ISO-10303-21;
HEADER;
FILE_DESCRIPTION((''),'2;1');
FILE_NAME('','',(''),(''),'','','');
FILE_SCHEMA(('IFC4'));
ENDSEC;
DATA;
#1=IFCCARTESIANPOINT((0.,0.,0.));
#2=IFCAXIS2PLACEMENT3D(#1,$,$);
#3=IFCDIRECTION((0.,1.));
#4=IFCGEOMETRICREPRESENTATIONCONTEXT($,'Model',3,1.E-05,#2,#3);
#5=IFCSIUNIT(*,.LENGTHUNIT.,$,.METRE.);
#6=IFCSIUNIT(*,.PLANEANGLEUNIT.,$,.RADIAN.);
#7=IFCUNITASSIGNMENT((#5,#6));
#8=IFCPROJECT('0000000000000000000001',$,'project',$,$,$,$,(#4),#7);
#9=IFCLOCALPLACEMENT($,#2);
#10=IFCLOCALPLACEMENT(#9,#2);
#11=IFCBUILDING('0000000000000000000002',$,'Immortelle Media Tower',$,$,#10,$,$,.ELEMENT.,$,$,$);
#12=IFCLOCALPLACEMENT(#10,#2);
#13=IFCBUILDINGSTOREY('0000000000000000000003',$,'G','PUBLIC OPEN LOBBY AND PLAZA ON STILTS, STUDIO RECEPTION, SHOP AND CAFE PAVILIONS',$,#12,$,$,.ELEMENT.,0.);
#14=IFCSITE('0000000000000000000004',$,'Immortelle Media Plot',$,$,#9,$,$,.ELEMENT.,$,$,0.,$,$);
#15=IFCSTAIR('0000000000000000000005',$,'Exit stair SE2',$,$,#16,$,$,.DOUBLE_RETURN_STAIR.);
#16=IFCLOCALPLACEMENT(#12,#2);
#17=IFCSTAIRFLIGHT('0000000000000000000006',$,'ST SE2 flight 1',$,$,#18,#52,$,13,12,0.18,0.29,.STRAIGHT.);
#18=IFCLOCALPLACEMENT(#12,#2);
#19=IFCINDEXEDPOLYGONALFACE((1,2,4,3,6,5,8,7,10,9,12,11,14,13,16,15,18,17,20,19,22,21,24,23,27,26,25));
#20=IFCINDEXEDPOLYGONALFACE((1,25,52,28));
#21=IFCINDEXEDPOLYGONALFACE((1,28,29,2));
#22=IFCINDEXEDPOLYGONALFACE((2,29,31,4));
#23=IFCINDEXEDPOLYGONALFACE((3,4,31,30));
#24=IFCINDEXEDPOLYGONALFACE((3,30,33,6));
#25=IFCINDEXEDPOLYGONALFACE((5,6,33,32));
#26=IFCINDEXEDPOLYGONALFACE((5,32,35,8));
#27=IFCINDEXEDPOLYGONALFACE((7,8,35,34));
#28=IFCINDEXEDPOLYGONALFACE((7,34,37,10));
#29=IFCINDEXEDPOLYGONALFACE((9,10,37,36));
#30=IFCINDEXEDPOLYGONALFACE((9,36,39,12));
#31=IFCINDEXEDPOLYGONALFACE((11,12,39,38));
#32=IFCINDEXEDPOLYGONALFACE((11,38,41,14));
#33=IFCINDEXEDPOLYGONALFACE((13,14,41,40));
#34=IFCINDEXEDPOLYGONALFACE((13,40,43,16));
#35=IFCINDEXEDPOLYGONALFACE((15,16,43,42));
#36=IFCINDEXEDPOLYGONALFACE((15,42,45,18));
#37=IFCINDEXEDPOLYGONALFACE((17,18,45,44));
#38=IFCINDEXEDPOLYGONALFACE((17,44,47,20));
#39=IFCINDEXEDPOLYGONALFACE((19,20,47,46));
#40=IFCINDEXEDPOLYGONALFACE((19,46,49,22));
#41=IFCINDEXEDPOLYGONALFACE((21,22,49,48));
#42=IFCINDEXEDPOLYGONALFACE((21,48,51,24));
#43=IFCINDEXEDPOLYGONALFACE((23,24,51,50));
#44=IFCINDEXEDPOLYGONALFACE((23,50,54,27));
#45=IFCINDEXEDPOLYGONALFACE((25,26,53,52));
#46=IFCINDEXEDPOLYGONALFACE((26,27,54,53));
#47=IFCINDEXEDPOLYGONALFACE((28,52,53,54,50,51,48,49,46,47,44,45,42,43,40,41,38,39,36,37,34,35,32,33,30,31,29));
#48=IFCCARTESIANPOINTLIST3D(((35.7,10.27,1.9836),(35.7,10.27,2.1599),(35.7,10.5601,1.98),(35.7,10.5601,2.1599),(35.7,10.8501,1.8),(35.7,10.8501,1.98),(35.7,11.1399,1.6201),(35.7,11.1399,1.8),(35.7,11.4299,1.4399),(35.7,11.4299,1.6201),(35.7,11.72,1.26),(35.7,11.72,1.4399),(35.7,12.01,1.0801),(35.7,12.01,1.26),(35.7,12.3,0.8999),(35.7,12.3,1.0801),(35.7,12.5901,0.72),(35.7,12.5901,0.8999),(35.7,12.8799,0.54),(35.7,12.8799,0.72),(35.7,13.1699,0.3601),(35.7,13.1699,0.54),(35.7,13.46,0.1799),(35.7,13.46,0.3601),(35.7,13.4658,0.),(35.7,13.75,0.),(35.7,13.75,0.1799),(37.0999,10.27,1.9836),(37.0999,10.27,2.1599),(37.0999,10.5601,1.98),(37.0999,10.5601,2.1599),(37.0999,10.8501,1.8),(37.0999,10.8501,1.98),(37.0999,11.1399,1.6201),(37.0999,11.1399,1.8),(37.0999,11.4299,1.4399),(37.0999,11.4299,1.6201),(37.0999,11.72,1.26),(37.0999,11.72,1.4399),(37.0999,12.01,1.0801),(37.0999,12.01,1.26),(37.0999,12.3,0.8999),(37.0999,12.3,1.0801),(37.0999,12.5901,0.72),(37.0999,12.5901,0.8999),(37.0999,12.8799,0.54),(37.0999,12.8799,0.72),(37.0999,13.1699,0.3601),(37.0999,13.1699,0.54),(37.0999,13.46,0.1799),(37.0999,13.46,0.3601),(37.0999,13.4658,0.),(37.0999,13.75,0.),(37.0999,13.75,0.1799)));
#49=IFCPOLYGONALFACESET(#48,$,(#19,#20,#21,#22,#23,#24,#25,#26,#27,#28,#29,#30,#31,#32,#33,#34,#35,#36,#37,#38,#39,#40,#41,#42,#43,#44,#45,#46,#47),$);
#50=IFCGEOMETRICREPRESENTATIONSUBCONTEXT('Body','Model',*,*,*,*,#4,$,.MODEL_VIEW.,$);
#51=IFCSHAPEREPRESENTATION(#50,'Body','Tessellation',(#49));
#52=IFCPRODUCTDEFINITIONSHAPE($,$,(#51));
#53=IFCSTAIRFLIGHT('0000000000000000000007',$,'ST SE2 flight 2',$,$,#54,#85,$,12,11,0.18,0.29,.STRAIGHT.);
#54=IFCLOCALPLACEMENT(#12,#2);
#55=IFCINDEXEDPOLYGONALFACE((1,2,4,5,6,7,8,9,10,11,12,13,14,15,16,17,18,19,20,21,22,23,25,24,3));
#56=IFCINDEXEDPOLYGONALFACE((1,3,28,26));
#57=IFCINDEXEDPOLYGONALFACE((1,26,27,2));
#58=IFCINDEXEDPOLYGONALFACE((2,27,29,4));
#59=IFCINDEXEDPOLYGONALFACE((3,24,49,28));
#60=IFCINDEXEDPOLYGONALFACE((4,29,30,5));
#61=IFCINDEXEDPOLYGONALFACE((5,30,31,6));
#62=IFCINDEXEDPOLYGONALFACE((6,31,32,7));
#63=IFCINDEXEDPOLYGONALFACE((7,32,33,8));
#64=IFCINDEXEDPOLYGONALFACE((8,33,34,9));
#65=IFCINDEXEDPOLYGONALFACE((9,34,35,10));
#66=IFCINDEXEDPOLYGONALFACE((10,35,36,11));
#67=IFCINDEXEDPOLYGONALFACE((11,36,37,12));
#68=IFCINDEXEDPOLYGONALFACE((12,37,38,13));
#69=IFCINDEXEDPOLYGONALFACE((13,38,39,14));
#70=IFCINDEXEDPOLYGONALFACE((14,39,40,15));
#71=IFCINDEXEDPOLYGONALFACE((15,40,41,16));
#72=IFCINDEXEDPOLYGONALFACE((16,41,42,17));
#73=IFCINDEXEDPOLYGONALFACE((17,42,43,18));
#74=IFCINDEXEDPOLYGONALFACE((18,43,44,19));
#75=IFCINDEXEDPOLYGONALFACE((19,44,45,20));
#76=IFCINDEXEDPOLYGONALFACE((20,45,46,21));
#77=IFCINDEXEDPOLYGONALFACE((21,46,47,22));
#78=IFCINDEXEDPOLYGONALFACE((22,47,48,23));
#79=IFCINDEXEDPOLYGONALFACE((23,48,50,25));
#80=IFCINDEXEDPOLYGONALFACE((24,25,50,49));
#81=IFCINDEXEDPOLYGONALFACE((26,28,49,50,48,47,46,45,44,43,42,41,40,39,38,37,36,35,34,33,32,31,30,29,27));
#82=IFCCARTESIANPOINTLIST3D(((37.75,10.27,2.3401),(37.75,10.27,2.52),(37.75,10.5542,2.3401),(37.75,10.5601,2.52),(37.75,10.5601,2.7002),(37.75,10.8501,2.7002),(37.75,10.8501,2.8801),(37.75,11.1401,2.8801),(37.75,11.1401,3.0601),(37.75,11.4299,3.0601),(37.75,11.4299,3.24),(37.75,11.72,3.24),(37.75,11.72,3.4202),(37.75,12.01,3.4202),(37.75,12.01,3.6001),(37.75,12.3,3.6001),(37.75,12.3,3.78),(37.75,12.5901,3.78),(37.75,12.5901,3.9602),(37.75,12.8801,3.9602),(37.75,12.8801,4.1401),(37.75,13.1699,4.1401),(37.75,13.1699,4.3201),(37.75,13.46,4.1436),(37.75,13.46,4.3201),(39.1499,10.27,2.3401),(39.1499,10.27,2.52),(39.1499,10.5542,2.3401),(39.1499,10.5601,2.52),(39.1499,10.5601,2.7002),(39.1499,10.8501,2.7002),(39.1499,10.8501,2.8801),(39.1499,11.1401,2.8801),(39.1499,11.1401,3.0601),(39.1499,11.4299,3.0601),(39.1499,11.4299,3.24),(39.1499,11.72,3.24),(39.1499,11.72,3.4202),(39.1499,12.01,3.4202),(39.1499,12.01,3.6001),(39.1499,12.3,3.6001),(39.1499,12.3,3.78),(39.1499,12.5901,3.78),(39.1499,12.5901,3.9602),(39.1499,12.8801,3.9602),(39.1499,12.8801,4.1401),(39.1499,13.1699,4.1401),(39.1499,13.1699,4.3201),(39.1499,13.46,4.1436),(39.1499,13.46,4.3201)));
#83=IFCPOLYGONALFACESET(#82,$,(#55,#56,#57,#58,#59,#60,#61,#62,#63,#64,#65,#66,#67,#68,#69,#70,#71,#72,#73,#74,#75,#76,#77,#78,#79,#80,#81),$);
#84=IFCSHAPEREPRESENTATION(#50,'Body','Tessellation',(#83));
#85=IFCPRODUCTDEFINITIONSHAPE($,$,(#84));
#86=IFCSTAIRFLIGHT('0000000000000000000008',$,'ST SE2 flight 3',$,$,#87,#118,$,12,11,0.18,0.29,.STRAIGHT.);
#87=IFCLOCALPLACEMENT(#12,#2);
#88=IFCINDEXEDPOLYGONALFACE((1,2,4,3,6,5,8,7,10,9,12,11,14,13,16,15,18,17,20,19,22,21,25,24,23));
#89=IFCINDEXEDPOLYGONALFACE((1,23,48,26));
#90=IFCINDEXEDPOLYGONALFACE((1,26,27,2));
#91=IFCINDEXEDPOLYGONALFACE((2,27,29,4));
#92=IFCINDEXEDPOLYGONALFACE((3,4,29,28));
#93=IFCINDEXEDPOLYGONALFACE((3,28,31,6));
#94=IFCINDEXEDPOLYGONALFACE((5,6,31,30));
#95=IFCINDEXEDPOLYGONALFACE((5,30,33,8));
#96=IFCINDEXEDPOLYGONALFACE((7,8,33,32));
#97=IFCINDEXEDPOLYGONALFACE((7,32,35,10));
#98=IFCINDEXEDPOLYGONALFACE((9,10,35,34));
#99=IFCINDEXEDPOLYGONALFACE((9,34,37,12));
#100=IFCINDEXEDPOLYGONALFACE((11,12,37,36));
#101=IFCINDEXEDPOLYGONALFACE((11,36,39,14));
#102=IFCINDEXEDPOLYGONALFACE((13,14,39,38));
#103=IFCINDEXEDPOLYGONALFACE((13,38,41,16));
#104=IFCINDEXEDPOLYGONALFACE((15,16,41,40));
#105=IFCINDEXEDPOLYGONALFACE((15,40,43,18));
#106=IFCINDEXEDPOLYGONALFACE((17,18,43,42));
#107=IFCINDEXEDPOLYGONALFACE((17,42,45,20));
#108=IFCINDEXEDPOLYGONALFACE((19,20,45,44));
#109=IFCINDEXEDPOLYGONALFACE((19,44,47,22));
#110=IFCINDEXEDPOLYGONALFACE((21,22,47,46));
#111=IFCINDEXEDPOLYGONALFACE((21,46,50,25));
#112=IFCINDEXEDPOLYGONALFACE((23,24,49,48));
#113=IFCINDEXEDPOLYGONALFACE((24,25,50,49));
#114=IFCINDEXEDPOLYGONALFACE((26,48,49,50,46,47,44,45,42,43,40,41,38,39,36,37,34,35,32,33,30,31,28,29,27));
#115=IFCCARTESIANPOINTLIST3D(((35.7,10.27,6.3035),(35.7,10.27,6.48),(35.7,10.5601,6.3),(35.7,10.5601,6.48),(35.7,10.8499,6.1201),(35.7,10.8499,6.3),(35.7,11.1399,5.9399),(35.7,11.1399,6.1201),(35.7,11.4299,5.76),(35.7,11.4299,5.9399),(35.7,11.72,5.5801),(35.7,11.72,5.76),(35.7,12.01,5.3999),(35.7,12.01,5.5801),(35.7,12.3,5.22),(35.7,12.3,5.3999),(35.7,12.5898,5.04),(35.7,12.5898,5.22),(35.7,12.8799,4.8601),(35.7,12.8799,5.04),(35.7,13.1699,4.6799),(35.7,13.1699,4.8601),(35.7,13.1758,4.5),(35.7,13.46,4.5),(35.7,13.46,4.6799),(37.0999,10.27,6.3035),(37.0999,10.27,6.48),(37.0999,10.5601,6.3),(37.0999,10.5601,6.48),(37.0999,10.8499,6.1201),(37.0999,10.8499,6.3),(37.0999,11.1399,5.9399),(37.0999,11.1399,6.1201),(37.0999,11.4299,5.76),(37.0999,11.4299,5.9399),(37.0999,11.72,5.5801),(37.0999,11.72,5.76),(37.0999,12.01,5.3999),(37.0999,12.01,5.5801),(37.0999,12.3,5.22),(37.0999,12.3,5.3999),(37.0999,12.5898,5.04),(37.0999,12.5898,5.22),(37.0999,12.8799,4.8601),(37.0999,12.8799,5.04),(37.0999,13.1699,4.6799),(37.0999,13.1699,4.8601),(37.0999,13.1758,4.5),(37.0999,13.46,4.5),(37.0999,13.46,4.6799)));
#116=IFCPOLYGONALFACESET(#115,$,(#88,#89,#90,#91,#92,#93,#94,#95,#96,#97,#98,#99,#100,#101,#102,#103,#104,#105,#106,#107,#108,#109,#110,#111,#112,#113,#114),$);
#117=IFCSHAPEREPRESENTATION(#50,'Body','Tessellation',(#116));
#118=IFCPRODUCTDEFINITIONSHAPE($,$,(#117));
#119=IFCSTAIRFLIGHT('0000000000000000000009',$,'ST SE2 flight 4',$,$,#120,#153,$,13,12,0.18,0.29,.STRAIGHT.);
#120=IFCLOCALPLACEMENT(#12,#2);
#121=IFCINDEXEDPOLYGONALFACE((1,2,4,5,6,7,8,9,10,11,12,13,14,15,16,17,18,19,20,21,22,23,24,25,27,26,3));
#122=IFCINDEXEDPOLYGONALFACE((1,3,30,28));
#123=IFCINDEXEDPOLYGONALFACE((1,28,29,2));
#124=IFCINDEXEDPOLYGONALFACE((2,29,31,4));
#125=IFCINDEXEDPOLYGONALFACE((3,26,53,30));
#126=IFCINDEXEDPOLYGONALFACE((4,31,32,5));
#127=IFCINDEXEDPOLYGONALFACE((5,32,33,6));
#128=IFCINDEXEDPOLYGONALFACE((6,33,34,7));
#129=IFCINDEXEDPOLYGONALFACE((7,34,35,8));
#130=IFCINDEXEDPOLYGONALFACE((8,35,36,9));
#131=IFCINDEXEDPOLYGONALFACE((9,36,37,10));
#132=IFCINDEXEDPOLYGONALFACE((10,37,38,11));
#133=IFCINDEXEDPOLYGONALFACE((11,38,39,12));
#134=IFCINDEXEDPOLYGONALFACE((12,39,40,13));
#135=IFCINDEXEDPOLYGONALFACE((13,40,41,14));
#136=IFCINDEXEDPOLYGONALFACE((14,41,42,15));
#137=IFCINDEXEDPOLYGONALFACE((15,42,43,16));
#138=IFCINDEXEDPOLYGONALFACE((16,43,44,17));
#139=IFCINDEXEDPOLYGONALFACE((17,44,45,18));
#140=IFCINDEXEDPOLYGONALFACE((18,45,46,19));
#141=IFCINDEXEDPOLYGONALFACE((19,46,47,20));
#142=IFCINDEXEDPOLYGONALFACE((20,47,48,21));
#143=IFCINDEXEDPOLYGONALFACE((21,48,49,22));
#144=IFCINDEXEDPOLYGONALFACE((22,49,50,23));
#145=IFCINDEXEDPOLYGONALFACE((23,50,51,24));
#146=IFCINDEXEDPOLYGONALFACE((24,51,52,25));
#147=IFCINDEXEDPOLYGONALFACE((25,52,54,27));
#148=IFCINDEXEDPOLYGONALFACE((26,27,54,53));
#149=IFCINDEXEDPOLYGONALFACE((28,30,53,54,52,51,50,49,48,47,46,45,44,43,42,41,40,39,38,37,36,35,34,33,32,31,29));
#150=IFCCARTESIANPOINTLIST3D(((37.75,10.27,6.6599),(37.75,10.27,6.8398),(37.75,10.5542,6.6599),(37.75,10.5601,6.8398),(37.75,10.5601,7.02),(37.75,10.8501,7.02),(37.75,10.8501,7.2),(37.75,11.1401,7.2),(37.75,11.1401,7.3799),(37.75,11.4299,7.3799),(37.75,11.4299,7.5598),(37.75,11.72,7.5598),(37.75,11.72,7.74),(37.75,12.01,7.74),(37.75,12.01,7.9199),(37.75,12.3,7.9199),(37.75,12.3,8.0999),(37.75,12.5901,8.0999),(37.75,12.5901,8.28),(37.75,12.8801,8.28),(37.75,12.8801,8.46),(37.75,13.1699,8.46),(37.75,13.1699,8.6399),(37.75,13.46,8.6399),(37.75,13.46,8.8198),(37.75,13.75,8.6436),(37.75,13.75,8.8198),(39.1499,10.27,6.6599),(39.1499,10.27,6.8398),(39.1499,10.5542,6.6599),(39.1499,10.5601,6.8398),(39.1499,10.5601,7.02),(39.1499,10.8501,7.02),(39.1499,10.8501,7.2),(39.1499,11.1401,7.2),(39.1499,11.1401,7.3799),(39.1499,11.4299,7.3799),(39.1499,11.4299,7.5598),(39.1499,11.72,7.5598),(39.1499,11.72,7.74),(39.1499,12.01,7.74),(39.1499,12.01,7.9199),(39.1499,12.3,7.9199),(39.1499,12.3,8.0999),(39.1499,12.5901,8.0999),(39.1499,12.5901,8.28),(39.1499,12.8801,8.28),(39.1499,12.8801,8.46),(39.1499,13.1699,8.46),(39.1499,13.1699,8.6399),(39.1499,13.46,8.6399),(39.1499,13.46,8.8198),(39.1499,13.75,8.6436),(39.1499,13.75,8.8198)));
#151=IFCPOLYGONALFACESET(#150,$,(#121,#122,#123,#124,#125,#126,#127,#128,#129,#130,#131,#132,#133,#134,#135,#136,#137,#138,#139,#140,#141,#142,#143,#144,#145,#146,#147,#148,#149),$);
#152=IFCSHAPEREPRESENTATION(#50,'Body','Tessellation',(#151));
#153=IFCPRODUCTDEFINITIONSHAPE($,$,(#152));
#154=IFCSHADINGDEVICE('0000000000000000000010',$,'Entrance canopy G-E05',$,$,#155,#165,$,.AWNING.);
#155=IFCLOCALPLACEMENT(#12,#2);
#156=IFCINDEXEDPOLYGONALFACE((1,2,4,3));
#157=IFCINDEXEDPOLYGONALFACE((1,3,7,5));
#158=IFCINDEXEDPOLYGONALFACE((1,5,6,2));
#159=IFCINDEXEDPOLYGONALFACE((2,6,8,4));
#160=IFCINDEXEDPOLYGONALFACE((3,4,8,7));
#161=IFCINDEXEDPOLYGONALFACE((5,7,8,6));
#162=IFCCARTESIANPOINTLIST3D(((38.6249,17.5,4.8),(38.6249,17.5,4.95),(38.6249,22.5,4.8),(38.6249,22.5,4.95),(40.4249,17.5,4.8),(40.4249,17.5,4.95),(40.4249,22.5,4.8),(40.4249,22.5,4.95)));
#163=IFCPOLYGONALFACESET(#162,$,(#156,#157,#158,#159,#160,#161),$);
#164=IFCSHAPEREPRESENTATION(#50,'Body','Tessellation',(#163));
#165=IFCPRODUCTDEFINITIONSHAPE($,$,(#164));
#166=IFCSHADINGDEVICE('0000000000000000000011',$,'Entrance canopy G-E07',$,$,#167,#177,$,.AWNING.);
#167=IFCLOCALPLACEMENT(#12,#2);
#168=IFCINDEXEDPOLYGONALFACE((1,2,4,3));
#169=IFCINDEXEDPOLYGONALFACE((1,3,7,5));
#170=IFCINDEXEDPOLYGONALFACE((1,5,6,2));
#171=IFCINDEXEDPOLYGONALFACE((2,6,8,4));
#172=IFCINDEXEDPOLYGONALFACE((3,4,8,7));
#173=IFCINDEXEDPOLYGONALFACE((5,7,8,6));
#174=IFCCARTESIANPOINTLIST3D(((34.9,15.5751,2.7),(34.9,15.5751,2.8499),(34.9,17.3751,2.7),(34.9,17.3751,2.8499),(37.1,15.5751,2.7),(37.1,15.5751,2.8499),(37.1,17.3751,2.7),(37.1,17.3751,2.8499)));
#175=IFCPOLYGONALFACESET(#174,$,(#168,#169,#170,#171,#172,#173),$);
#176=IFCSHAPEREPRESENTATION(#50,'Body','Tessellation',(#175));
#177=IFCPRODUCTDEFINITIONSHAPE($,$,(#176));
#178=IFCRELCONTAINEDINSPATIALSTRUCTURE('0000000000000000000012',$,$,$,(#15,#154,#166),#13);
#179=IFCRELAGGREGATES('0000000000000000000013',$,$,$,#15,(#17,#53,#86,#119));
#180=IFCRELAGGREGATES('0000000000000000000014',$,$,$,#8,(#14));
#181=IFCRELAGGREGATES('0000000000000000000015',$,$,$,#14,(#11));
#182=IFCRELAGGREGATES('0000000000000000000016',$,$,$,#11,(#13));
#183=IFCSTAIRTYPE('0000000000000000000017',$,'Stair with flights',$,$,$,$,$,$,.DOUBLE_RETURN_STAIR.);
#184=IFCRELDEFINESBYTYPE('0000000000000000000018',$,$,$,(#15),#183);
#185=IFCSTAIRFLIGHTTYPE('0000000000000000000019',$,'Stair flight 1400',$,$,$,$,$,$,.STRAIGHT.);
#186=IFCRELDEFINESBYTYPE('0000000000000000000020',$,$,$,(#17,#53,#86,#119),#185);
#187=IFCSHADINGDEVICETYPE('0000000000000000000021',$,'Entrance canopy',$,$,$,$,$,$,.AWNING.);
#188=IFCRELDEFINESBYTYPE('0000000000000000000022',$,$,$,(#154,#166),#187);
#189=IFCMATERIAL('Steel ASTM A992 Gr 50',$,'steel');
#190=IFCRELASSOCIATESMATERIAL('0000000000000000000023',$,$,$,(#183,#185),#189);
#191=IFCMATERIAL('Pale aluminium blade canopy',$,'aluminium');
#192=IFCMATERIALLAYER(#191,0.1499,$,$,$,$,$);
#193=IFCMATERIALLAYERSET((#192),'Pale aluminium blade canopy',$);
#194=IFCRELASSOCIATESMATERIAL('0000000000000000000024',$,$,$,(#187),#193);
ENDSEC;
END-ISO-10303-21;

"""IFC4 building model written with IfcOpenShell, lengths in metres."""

from ifc_helpers import new_model, si_unit, direction, frame, origin, origin_2d, place, context, subcontext, project, spatial, polyline, rectangle, outline, extrude, material, layer, layer_set, type_object, element, aggregate, save


model = new_model("IFC4")

# Units and contexts
model_context = context("Model", 3, precision=1e-05, world=origin(), true_north=direction((0.0, 1.0)))
body_context = subcontext(model_context, "Body", "Model", "MODEL_VIEW")
ifc_project = project(units=[si_unit("LENGTHUNIT", "METRE"), si_unit("PLANEANGLEUNIT", "RADIAN")], contexts=[model_context])

# Site, building, storey
site_placement = place(None, origin())
site = spatial("IfcSite", under=ifc_project, at=site_placement, Name="Immortelle Media Plot", CompositionType="ELEMENT", RefElevation=0.0)
building_placement = place(site_placement, origin())
building = spatial("IfcBuilding", under=site, at=building_placement, Name="Immortelle Media Tower", CompositionType="ELEMENT")
storey_placement = place(building_placement, origin())
storey = spatial("IfcBuildingStorey", under=building, at=storey_placement, Name="G", Description="PUBLIC OPEN LOBBY AND PLAZA ON STILTS, STUDIO RECEPTION, SHOP AND CAFE PAVILIONS", CompositionType="ELEMENT", Elevation=0.0)

# Shared definitions
ifc_material_1 = material(Name="Steel ASTM A992 Gr 50", Category="steel")

# Stair, stair flights
stair_type = type_object("IfcStairType", Name="Stair with flights", PredefinedType="DOUBLE_RETURN_STAIR", material=ifc_material_1)
stair_flight_type = type_object("IfcStairFlightType", Name="Stair flight 1400", PredefinedType="STRAIGHT", material=ifc_material_1)
stair_1_placement = place(storey_placement, origin())
stair_1 = element("IfcStair", 1, at=stair_1_placement, inside=storey, type_object=stair_type, Name="Exit stair SE2", PredefinedType="DOUBLE_RETURN_STAIR")
stair_flight_1_placement = place(storey_placement, frame((36.3999, 13.75, 0.0), z_axis=(0.0, 0.0, 1.0), x_axis=(0.0, -1.0, 0.0)))
stair_flight_1 = element("IfcStairFlight", 2, at=stair_flight_1_placement, type_object=stair_flight_type, Name="ST SE2 flight 1", NumberOfRisers=13, NumberOfTreads=12, PredefinedType="STRAIGHT", RiserHeight=0.18, TreadLength=0.29, context=body_context, shape_type="SweptSolid", body=[
    extrude(outline(polyline([(0.0, 0.0), (0.0, 0.1799), (0.29, 0.1799), (0.29, 0.3601), (0.5801, 0.3601), (0.5801, 0.54), (0.8701, 0.54), (0.8701, 0.72), (1.1599, 0.72), (1.1599, 0.8999), (1.45, 0.8999), (1.45, 1.0801), (1.74, 1.0801), (1.74, 1.26), (2.03, 1.26), (2.03, 1.4399), (2.3201, 1.4399), (2.3201, 1.6201), (2.6101, 1.6201), (2.6101, 1.8), (2.8999, 1.8), (2.8999, 1.98), (3.1899, 1.98), (3.1899, 2.1599), (3.48, 2.1599), (3.48, 2.3401), (3.48, 1.9836), (0.2842, 0.0), (0.0, 0.0)])), frame((0.0, 0.7, 0.0), z_axis=(0.0, -1.0, 0.0), x_axis=(1.0, 0.0, 0.0)), (0.0, 0.0, 1.0), 1.3999),
])
stair_flight_2_placement = place(storey_placement, frame((38.45, 10.27, 2.3401), z_axis=(0.0, 0.0, 1.0), x_axis=(0.0, 1.0, 0.0)))
stair_flight_2 = element("IfcStairFlight", 3, at=stair_flight_2_placement, type_object=stair_flight_type, Name="ST SE2 flight 2", NumberOfRisers=12, NumberOfTreads=11, PredefinedType="STRAIGHT", RiserHeight=0.18, TreadLength=0.29, context=body_context, shape_type="SweptSolid", body=[
    extrude(outline(polyline([(0.0, 0.0), (0.0, 0.1799), (0.29, 0.1799), (0.29, 0.3601), (0.5801, 0.3601), (0.5801, 0.54), (0.8701, 0.54), (0.8701, 0.72), (1.1599, 0.72), (1.1599, 0.8999), (1.45, 0.8999), (1.45, 1.0801), (1.74, 1.0801), (1.74, 1.26), (2.03, 1.26), (2.03, 1.4399), (2.3201, 1.4399), (2.3201, 1.6201), (2.6101, 1.6201), (2.6101, 1.8), (2.8999, 1.8), (2.8999, 1.98), (3.1899, 1.98), (3.1899, 2.1599), (3.1899, 1.8035), (0.2842, 0.0), (0.0, 0.0)])), frame((0.0, 0.7, 0.0), z_axis=(0.0, -1.0, 0.0), x_axis=(1.0, 0.0, 0.0)), (0.0, 0.0, 1.0), 1.3999),
])
stair_flight_3_placement = place(storey_placement, frame((36.3999, 13.46, 4.5), z_axis=(0.0, 0.0, 1.0), x_axis=(0.0, -1.0, 0.0)))
stair_flight_3 = element("IfcStairFlight", 4, at=stair_flight_3_placement, type_object=stair_flight_type, Name="ST SE2 flight 3", NumberOfRisers=12, NumberOfTreads=11, PredefinedType="STRAIGHT", RiserHeight=0.18, TreadLength=0.29, context=body_context, shape_type="SweptSolid", body=[
    extrude(outline(polyline([(0.0, 0.0), (0.0, 0.1799), (0.29, 0.1799), (0.29, 0.3601), (0.5801, 0.3601), (0.5801, 0.54), (0.8701, 0.54), (0.8701, 0.72), (1.1599, 0.72), (1.1599, 0.8999), (1.45, 0.8999), (1.45, 1.0801), (1.74, 1.0801), (1.74, 1.26), (2.03, 1.26), (2.03, 1.4399), (2.3201, 1.4399), (2.3201, 1.6201), (2.6101, 1.6201), (2.6101, 1.8), (2.8999, 1.8), (2.8999, 1.98), (3.1899, 1.98), (3.1899, 2.1599), (3.1899, 1.8035), (0.2842, 0.0), (0.0, 0.0)])), frame((0.0, 0.7, 0.0), z_axis=(0.0, -1.0, 0.0), x_axis=(1.0, 0.0, 0.0)), (0.0, 0.0, 1.0), 1.3999),
])
stair_flight_4_placement = place(storey_placement, frame((38.45, 10.27, 6.6599), z_axis=(0.0, 0.0, 1.0), x_axis=(0.0, 1.0, 0.0)))
stair_flight_4 = element("IfcStairFlight", 5, at=stair_flight_4_placement, type_object=stair_flight_type, Name="ST SE2 flight 4", NumberOfRisers=13, NumberOfTreads=12, PredefinedType="STRAIGHT", RiserHeight=0.18, TreadLength=0.29, context=body_context, shape_type="SweptSolid", body=[
    extrude(outline(polyline([(0.0, 0.0), (0.0, 0.1799), (0.29, 0.1799), (0.29, 0.3601), (0.5801, 0.3601), (0.5801, 0.54), (0.8701, 0.54), (0.8701, 0.72), (1.1599, 0.72), (1.1599, 0.8999), (1.45, 0.8999), (1.45, 1.0801), (1.74, 1.0801), (1.74, 1.26), (2.03, 1.26), (2.03, 1.4399), (2.3201, 1.4399), (2.3201, 1.6201), (2.6101, 1.6201), (2.6101, 1.8), (2.8999, 1.8), (2.8999, 1.98), (3.1899, 1.98), (3.1899, 2.1599), (3.48, 2.1599), (3.48, 2.3401), (3.48, 1.9836), (0.2842, 0.0), (0.0, 0.0)])), frame((0.0, 0.7, 0.0), z_axis=(0.0, -1.0, 0.0), x_axis=(1.0, 0.0, 0.0)), (0.0, 0.0, 1.0), 1.3999),
])
aggregate(stair_1, [stair_flight_1, stair_flight_2, stair_flight_3, stair_flight_4])

# Shading devices
ifc_material_2 = material(Name="Pale aluminium blade canopy", Category="aluminium")
ifc_layer_1 = layer(ifc_material_2, 0.1499)
ifc_layer_set_1 = layer_set([ifc_layer_1], Name="Pale aluminium blade canopy")
shading_device_type = type_object("IfcShadingDeviceType", Name="Entrance canopy", PredefinedType="AWNING", material=ifc_layer_set_1)
shading_device_1_placement = place(storey_placement, frame((39.5249, 20.0, 4.8), z_axis=(0.0, 0.0, 1.0), x_axis=(1.0, 0.0, 0.0)))
element("IfcShadingDevice", 6, at=shading_device_1_placement, inside=storey, type_object=shading_device_type, Name="Entrance canopy G-E05", PredefinedType="AWNING", context=body_context, shape_type="SweptSolid", body=[
    extrude(rectangle(XDim=1.8, YDim=5.0, at=origin_2d()), origin(), (0.0, 0.0, 1.0), 0.1499),
])
shading_device_2_placement = place(storey_placement, frame((36.0, 16.4751, 2.7), z_axis=(0.0, 0.0, 1.0), x_axis=(1.0, 0.0, 0.0)))
element("IfcShadingDevice", 7, at=shading_device_2_placement, inside=storey, type_object=shading_device_type, Name="Entrance canopy G-E07", PredefinedType="AWNING", context=body_context, shape_type="SweptSolid", body=[
    extrude(rectangle(XDim=2.2, YDim=1.8, at=origin_2d()), origin(), (0.0, 0.0, 1.0), 0.1499),
])

save(model, "model.ifc")
